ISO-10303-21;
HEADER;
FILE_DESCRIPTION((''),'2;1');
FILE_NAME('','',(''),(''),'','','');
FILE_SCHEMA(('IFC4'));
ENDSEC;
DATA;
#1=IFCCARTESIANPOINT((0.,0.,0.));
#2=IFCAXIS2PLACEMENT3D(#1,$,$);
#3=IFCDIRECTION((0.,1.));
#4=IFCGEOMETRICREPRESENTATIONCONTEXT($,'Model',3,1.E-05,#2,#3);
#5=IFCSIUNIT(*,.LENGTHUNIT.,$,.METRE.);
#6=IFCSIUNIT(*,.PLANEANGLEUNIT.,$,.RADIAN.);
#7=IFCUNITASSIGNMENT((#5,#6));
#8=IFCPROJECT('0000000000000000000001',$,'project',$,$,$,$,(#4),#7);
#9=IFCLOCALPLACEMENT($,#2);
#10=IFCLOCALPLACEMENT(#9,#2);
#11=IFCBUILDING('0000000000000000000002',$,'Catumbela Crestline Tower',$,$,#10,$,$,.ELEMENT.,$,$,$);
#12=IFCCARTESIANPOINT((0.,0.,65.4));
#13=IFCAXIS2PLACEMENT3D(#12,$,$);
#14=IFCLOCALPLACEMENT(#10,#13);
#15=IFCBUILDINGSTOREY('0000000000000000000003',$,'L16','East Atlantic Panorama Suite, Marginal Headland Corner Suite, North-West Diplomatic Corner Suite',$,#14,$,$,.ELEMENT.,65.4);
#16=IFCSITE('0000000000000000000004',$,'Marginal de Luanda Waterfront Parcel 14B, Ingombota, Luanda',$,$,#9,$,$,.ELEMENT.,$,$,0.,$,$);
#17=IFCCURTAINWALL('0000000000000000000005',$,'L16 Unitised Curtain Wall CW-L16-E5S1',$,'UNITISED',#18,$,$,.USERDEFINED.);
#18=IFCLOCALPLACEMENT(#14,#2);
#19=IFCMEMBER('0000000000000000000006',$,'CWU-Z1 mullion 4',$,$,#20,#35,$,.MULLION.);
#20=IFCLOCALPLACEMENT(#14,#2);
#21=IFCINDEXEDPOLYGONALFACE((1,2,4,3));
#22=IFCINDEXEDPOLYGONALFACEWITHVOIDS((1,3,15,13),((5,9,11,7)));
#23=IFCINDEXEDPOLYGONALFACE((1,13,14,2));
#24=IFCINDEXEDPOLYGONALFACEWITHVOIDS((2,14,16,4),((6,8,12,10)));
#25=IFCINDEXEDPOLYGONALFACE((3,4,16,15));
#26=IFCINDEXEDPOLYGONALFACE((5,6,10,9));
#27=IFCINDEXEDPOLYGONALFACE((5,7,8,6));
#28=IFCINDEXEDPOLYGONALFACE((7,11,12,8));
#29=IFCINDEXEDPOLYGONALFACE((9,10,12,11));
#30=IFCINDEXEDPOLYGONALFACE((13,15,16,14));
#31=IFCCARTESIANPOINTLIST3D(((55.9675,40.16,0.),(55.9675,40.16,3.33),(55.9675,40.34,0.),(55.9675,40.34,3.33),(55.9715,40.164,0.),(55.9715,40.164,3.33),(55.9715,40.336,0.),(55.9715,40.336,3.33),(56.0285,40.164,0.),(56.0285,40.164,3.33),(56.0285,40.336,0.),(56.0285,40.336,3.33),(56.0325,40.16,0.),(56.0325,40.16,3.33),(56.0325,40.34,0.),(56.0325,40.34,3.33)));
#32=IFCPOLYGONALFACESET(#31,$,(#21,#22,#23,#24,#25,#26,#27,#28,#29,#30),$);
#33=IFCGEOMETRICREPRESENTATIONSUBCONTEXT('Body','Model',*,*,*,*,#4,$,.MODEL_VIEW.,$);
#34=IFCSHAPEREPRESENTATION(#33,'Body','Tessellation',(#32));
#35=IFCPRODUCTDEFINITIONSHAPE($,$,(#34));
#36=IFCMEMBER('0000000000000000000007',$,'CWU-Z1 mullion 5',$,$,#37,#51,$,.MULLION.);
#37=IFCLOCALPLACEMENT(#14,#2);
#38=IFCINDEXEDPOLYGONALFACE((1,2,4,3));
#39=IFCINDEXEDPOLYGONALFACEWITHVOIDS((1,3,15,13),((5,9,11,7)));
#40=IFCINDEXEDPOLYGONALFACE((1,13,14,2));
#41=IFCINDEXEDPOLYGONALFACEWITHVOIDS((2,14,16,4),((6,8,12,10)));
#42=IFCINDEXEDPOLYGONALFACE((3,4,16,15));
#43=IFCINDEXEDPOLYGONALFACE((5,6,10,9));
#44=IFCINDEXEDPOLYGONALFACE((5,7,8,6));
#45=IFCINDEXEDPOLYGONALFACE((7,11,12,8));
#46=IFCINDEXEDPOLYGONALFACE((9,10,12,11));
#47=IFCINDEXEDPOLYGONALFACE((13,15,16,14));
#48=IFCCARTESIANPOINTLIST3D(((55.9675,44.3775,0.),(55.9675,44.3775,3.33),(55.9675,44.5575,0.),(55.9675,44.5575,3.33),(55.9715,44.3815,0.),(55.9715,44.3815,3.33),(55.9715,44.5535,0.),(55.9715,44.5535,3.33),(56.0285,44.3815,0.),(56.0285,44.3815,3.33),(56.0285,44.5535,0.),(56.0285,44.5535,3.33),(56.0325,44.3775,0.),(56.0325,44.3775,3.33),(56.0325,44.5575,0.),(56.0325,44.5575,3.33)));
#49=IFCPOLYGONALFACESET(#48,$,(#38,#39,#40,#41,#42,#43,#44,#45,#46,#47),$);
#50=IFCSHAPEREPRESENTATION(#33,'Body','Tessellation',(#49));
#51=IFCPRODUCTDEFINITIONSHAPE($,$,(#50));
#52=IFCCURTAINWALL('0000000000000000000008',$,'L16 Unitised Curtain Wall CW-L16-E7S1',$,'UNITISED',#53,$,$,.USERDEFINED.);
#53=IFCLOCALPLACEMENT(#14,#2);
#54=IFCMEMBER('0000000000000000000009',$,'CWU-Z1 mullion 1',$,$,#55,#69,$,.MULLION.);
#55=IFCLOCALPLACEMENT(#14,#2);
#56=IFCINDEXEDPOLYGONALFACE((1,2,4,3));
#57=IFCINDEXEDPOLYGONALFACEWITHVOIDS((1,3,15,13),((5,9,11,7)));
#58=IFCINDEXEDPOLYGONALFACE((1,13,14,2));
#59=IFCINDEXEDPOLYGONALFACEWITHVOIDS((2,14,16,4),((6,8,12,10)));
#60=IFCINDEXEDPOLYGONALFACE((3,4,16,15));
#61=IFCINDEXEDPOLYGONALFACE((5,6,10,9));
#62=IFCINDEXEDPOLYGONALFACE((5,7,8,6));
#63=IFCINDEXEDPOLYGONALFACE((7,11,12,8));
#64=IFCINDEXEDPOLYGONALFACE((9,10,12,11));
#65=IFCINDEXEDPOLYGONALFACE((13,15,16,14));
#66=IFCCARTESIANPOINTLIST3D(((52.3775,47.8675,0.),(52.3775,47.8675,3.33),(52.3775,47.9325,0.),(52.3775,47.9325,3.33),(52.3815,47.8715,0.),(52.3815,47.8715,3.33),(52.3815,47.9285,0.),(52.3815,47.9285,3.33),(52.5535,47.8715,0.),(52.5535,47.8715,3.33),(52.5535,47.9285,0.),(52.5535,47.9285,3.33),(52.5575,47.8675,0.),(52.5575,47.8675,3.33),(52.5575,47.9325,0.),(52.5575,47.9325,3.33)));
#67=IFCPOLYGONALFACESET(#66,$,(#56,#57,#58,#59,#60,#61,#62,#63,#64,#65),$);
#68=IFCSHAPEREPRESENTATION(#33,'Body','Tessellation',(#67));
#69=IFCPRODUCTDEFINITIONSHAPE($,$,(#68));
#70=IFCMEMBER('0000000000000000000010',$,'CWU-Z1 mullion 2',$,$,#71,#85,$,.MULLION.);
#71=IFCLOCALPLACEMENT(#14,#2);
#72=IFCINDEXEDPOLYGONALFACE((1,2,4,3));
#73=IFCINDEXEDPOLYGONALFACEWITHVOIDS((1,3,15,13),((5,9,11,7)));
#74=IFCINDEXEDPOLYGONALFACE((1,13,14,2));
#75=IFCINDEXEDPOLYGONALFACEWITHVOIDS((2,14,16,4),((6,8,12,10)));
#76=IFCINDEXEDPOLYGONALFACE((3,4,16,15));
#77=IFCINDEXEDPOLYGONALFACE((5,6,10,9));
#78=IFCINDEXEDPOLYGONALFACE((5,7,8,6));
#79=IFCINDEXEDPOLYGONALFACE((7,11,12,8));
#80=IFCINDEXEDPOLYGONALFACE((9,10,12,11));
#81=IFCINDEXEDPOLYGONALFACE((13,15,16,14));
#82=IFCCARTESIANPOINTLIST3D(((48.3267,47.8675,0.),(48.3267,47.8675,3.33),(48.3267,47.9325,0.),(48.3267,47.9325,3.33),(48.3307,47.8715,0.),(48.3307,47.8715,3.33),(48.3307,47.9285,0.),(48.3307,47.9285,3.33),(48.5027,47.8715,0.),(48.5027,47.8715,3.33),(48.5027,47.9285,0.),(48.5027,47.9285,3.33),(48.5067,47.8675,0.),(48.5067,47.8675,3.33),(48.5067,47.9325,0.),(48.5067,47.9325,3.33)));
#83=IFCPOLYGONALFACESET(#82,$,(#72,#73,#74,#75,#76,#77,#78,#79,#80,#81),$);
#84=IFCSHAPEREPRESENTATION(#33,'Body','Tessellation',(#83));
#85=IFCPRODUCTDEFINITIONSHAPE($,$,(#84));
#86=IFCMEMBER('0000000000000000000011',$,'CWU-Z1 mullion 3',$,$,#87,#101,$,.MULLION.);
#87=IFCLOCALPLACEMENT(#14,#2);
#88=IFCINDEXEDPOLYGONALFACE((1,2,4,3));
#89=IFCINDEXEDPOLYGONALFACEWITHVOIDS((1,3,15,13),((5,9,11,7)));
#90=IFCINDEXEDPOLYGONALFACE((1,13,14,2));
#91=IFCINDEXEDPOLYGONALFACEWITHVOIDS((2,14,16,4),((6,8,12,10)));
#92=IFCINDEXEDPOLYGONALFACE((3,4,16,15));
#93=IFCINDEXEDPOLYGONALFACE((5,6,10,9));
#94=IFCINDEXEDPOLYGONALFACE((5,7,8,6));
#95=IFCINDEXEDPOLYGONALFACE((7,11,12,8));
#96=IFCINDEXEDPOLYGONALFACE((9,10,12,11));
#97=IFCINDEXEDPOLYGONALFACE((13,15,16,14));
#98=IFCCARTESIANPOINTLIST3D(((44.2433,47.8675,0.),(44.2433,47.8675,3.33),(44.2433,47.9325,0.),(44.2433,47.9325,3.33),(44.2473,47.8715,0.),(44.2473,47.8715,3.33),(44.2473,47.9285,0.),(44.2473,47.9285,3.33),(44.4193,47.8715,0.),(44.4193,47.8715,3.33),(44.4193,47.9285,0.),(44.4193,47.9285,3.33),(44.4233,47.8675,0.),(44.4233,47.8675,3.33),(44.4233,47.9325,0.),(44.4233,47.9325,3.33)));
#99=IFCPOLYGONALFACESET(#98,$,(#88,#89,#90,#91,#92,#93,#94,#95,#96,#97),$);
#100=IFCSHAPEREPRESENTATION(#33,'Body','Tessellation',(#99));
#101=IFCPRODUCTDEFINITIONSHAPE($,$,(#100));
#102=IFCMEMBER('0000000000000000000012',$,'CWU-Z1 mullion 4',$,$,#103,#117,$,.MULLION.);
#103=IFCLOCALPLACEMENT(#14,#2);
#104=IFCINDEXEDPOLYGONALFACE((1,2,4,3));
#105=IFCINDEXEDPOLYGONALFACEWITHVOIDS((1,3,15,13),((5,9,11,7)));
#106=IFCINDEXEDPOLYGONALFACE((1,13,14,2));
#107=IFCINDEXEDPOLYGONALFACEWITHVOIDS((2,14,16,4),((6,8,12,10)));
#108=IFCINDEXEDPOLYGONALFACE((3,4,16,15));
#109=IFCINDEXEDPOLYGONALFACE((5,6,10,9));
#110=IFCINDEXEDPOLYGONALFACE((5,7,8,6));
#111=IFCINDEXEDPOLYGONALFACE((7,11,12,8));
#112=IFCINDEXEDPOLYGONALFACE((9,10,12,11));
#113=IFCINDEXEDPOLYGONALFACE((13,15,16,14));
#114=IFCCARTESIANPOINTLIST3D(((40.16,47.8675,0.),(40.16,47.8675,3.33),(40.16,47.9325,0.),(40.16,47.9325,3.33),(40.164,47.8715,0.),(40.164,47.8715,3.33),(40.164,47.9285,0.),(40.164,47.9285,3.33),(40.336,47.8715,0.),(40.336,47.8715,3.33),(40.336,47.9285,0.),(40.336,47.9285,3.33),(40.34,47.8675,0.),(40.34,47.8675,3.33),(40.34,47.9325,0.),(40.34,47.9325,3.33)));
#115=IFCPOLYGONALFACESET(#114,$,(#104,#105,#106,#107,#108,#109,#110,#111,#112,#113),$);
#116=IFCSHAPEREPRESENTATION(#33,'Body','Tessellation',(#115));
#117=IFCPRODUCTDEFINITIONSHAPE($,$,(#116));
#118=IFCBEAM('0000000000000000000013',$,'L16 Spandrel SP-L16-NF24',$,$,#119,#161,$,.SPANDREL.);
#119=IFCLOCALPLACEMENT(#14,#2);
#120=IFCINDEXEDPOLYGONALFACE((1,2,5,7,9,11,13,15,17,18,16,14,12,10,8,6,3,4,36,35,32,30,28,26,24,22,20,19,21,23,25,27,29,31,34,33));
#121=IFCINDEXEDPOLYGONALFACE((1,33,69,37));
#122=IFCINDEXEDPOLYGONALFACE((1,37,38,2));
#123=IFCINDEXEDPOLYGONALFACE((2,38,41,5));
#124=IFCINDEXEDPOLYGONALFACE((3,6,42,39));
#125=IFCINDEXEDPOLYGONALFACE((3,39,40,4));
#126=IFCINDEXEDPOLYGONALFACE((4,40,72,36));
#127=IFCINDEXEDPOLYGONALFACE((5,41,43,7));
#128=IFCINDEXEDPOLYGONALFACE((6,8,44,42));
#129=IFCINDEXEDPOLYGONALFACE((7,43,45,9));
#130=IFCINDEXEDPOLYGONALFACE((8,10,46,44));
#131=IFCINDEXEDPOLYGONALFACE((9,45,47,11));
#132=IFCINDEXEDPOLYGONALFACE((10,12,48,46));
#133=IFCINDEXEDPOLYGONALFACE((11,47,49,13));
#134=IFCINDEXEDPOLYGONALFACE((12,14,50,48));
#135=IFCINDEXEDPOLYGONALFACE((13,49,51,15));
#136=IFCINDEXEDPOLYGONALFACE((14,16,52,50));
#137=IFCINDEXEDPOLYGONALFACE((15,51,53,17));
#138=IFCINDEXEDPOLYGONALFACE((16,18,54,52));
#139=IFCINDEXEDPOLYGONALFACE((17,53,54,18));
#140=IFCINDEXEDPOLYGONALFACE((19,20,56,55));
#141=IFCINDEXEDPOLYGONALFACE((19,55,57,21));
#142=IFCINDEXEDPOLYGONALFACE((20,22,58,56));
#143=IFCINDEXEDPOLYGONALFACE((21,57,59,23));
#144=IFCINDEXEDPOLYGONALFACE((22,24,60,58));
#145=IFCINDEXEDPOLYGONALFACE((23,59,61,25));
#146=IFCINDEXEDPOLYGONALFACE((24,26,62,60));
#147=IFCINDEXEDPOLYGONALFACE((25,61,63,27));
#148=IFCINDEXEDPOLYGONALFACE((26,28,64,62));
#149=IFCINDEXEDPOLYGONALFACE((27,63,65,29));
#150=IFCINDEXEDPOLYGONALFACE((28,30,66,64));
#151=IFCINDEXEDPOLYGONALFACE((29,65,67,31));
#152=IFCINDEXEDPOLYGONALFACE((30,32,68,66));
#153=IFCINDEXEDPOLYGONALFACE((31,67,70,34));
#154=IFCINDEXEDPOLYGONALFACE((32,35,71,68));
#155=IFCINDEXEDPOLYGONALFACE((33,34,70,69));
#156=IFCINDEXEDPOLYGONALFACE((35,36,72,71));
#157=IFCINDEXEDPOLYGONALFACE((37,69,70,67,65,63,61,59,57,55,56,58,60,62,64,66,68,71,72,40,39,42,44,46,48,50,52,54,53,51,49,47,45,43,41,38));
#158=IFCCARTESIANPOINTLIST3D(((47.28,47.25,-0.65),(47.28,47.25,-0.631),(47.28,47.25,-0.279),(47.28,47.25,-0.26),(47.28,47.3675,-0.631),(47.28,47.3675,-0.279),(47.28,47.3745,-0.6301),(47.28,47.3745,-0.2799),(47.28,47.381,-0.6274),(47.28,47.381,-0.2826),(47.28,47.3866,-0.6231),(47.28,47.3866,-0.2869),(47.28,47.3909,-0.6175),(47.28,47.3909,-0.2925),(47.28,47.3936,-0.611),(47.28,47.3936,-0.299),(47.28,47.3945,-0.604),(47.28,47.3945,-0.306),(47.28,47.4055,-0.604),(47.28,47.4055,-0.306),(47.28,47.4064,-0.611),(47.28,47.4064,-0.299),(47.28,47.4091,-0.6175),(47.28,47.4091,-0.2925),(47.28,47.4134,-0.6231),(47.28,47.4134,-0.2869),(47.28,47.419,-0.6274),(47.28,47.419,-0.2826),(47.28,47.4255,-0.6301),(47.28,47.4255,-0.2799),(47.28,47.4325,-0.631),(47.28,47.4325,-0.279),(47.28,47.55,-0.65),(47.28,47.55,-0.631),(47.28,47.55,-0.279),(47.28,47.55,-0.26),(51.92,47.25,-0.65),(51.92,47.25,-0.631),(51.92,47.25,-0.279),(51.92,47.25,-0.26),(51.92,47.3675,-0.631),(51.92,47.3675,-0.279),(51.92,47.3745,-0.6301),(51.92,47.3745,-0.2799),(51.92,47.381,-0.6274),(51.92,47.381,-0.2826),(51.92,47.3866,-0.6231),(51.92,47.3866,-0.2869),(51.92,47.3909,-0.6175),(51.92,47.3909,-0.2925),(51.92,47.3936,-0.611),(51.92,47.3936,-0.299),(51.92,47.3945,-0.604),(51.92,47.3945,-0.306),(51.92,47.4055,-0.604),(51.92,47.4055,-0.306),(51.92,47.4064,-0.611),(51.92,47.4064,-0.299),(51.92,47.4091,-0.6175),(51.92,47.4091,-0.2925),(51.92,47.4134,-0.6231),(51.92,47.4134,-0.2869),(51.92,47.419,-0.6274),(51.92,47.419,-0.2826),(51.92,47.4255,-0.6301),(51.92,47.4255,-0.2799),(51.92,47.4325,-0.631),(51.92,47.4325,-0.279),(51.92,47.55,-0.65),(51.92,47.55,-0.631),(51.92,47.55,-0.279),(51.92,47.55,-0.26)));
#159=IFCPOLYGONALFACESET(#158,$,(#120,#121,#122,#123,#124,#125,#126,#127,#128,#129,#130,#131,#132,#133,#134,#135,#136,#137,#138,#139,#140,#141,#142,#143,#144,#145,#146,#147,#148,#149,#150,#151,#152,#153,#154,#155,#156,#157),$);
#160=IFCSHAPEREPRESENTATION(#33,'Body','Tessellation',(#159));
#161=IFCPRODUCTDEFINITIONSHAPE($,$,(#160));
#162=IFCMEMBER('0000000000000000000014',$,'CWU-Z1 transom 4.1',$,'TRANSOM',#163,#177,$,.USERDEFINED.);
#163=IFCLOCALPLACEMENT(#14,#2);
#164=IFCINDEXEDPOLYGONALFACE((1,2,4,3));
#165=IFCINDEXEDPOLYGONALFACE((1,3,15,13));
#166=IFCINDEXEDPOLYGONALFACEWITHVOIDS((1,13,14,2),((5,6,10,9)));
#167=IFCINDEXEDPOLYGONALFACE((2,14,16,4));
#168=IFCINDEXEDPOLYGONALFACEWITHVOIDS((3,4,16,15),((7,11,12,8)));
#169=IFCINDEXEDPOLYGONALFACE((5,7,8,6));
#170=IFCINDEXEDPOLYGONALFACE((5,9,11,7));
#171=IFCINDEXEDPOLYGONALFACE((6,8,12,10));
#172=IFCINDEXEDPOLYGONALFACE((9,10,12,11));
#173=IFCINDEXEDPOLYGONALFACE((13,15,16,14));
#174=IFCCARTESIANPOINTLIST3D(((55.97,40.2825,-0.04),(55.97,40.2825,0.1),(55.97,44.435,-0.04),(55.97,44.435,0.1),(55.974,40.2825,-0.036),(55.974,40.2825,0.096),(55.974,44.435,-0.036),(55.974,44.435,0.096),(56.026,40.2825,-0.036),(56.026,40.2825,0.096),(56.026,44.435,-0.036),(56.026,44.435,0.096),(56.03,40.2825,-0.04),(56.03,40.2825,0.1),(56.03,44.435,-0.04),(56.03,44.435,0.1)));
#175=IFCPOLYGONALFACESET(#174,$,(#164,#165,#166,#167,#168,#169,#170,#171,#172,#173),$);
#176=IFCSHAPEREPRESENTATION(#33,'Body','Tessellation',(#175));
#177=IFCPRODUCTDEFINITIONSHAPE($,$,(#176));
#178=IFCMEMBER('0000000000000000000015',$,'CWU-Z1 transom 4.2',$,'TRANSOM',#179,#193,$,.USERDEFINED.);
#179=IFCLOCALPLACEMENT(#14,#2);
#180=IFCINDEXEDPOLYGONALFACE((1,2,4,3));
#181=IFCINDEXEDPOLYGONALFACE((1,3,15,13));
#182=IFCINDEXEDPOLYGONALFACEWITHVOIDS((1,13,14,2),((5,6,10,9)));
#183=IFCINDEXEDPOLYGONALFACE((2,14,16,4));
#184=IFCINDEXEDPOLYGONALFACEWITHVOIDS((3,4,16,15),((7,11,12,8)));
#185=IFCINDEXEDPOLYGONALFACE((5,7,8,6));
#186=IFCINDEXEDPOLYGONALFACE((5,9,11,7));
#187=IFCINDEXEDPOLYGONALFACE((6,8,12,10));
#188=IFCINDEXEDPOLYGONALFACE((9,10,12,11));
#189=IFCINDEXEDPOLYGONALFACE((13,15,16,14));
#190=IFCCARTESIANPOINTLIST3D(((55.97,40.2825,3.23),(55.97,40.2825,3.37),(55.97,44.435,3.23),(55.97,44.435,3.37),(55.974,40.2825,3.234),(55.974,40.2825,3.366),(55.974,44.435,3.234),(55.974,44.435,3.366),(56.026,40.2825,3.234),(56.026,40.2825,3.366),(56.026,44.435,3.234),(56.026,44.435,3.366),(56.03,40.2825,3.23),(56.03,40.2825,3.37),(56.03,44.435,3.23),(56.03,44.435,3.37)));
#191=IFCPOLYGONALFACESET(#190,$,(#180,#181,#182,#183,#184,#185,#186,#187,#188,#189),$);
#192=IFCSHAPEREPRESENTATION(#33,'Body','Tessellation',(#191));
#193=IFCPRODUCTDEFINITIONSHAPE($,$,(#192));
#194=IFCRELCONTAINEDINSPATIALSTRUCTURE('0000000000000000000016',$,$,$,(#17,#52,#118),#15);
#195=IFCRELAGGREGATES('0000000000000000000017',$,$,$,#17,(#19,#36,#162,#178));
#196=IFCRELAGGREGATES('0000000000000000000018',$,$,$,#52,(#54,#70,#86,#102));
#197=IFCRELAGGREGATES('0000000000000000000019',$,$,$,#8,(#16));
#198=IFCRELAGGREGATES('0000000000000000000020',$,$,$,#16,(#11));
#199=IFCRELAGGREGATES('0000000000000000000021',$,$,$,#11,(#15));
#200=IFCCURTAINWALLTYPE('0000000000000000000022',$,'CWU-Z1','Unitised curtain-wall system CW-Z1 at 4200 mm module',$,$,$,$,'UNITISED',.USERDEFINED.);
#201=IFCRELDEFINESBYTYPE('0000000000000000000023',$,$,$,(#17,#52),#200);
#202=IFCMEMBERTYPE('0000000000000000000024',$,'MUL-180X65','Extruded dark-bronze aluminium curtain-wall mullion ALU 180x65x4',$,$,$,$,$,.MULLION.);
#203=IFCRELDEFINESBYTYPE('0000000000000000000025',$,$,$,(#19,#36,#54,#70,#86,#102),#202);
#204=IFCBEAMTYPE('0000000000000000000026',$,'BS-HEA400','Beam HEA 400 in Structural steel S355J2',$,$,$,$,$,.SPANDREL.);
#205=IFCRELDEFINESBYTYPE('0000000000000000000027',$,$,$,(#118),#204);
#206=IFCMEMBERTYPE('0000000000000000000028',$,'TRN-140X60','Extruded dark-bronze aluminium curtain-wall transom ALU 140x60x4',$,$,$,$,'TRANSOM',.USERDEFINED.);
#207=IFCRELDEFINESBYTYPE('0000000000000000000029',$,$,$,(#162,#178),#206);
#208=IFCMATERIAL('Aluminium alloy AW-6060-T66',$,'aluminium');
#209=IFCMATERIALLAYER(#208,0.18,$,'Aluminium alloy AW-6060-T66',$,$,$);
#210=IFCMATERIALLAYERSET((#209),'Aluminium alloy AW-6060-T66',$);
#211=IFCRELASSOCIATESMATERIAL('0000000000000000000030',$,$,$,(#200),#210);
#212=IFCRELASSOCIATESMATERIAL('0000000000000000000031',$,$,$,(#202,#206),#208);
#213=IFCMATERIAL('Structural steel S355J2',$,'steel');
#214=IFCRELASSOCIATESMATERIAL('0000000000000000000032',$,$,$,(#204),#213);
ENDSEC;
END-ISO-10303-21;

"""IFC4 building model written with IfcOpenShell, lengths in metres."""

from ifc_helpers import new_model, si_unit, direction, frame, origin, origin_2d, place, context, subcontext, project, spatial, hollow_rectangle, i_section, extrude, material, layer, layer_set, material_profile, profile_set, type_object, element, aggregate, save


model = new_model("IFC4")

# Units and contexts
model_context = context("Model", 3, precision=1e-05, world=origin(), true_north=direction((0.0, 1.0)))
body_context = subcontext(model_context, "Body", "Model", "MODEL_VIEW")
ifc_project = project(units=[si_unit("LENGTHUNIT", "METRE"), si_unit("PLANEANGLEUNIT", "RADIAN")], contexts=[model_context])

# Site, building, storey
site_placement = place(None, origin())
site = spatial("IfcSite", under=ifc_project, at=site_placement, Name="Marginal de Luanda Waterfront Parcel 14B, Ingombota, Luanda", CompositionType="ELEMENT", RefElevation=0.0)
building_placement = place(site_placement, origin())
building = spatial("IfcBuilding", under=site, at=building_placement, Name="Catumbela Crestline Tower", CompositionType="ELEMENT")
storey_placement = place(building_placement, frame((0.0, 0.0, 65.4)))
storey = spatial("IfcBuildingStorey", under=building, at=storey_placement, Name="L16", Description="East Atlantic Panorama Suite, Marginal Headland Corner Suite, North-West Diplomatic Corner Suite", CompositionType="ELEMENT", Elevation=65.4)

# Curtain walls, members
ifc_material_1 = material(Name="Aluminium alloy AW-6060-T66", Category="aluminium")
ifc_layer_1 = layer(ifc_material_1, 0.18, Name="Aluminium alloy AW-6060-T66")
ifc_layer_set_1 = layer_set([ifc_layer_1], Name="Aluminium alloy AW-6060-T66")
curtain_wall_type = type_object("IfcCurtainWallType", Name="CWU-Z1", Description="Unitised curtain-wall system CW-Z1 at 4200 mm module", ElementType="UNITISED", PredefinedType="USERDEFINED", material=ifc_layer_set_1)
curtain_wall_1_placement = place(storey_placement, origin())
curtain_wall_1 = element("IfcCurtainWall", 1, at=curtain_wall_1_placement, inside=storey, type_object=curtain_wall_type, Name="L16 Unitised Curtain Wall CW-L16-E5S1", ObjectType="UNITISED", PredefinedType="USERDEFINED")
ifc_material_profile_1 = material_profile(ifc_material_1, hollow_rectangle(XDim=0.065, YDim=0.18, WallThickness=0.004, at=origin_2d()), Name="ALU 180x65x4")
ifc_profile_set_1 = profile_set([ifc_material_profile_1], Name="Aluminium alloy AW-6060-T66")
member_type_1 = type_object("IfcMemberType", Name="MUL-180X65", Description="Extruded dark-bronze aluminium curtain-wall mullion ALU 180x65x4", PredefinedType="MULLION", material=ifc_profile_set_1)
member_1_placement = place(storey_placement, frame((56.0, 40.25, 0.0), z_axis=(0.0, 0.0, 1.0), x_axis=(-1.0, 0.0, 0.0)))
member_1 = element("IfcMember", 2, at=member_1_placement, type_object=member_type_1, Name="CWU-Z1 mullion 4", PredefinedType="MULLION", context=body_context, shape_type="SweptSolid", body=[
    extrude(hollow_rectangle(XDim=0.065, YDim=0.18, WallThickness=0.004, at=origin_2d()), origin(), (0.0, 0.0, 1.0), 3.33),
])
member_2_placement = place(storey_placement, frame((56.0, 44.4675, 0.0), z_axis=(0.0, 0.0, 1.0), x_axis=(-1.0, 0.0, 0.0)))
member_2 = element("IfcMember", 3, at=member_2_placement, type_object=member_type_1, Name="CWU-Z1 mullion 5", PredefinedType="MULLION", context=body_context, shape_type="SweptSolid", body=[
    extrude(hollow_rectangle(XDim=0.065, YDim=0.18, WallThickness=0.004, at=origin_2d()), origin(), (0.0, 0.0, 1.0), 3.33),
])
curtain_wall_2_placement = place(storey_placement, origin())
curtain_wall_2 = element("IfcCurtainWall", 4, at=curtain_wall_2_placement, inside=storey, type_object=curtain_wall_type, Name="L16 Unitised Curtain Wall CW-L16-E7S1", ObjectType="UNITISED", PredefinedType="USERDEFINED")
member_3_placement = place(storey_placement, frame((52.4675, 47.9, 0.0), z_axis=(0.0, 0.0, 1.0), x_axis=(0.0, -1.0, 0.0)))
member_3 = element("IfcMember", 5, at=member_3_placement, type_object=member_type_1, Name="CWU-Z1 mullion 1", PredefinedType="MULLION", context=body_context, shape_type="SweptSolid", body=[
    extrude(hollow_rectangle(XDim=0.065, YDim=0.18, WallThickness=0.004, at=origin_2d()), origin(), (0.0, 0.0, 1.0), 3.33),
])
member_4_placement = place(storey_placement, frame((48.4167, 47.9, 0.0), z_axis=(0.0, 0.0, 1.0), x_axis=(0.0, -1.0, 0.0)))
member_4 = element("IfcMember", 6, at=member_4_placement, type_object=member_type_1, Name="CWU-Z1 mullion 2", PredefinedType="MULLION", context=body_context, shape_type="SweptSolid", body=[
    extrude(hollow_rectangle(XDim=0.065, YDim=0.18, WallThickness=0.004, at=origin_2d()), origin(), (0.0, 0.0, 1.0), 3.33),
])
member_5_placement = place(storey_placement, frame((44.3333, 47.9, 0.0), z_axis=(0.0, 0.0, 1.0), x_axis=(0.0, -1.0, 0.0)))
member_5 = element("IfcMember", 7, at=member_5_placement, type_object=member_type_1, Name="CWU-Z1 mullion 3", PredefinedType="MULLION", context=body_context, shape_type="SweptSolid", body=[
    extrude(hollow_rectangle(XDim=0.065, YDim=0.18, WallThickness=0.004, at=origin_2d()), origin(), (0.0, 0.0, 1.0), 3.33),
])
member_6_placement = place(storey_placement, frame((40.25, 47.9, 0.0), z_axis=(0.0, 0.0, 1.0), x_axis=(0.0, -1.0, 0.0)))
member_6 = element("IfcMember", 8, at=member_6_placement, type_object=member_type_1, Name="CWU-Z1 mullion 4", PredefinedType="MULLION", context=body_context, shape_type="SweptSolid", body=[
    extrude(hollow_rectangle(XDim=0.065, YDim=0.18, WallThickness=0.004, at=origin_2d()), origin(), (0.0, 0.0, 1.0), 3.33),
])

# Beam
ifc_material_2 = material(Name="Structural steel S355J2", Category="steel")
ifc_material_profile_2 = material_profile(ifc_material_2, i_section(OverallWidth=0.3, OverallDepth=0.39, WebThickness=0.011, FlangeThickness=0.019, FilletRadius=0.027, at=origin_2d()), Name="HEA 400")
ifc_profile_set_2 = profile_set([ifc_material_profile_2], Name="Structural steel S355J2")
beam_type = type_object("IfcBeamType", Name="BS-HEA400", Description="Beam HEA 400 in Structural steel S355J2", PredefinedType="SPANDREL", material=ifc_profile_set_2)
beam_placement = place(storey_placement, frame((47.28, 47.4, -0.455), z_axis=(1.0, 0.0, 0.0), x_axis=(0.0, 1.0, 0.0)))
element("IfcBeam", 9, at=beam_placement, inside=storey, type_object=beam_type, Name="L16 Spandrel SP-L16-NF24", PredefinedType="SPANDREL", context=body_context, shape_type="SweptSolid", body=[
    extrude(i_section(OverallWidth=0.3, OverallDepth=0.39, WebThickness=0.011, FlangeThickness=0.019, FilletRadius=0.027, at=origin_2d()), origin(), (0.0, 0.0, 1.0), 4.64),
])

# Members
ifc_material_profile_3 = material_profile(ifc_material_1, hollow_rectangle(XDim=0.06, YDim=0.14, WallThickness=0.004, at=origin_2d()), Name="ALU 140x60x4")
ifc_profile_set_3 = profile_set([ifc_material_profile_3], Name="Aluminium alloy AW-6060-T66")
member_type_2 = type_object("IfcMemberType", Name="TRN-140X60", Description="Extruded dark-bronze aluminium curtain-wall transom ALU 140x60x4", ElementType="TRANSOM", PredefinedType="USERDEFINED", material=ifc_profile_set_3)
member_7_placement = place(storey_placement, frame((56.0, 40.2825, 0.03), z_axis=(0.0, 1.0, 0.0), x_axis=(-1.0, 0.0, 0.0)))
member_7 = element("IfcMember", 10, at=member_7_placement, type_object=member_type_2, Name="CWU-Z1 transom 4.1", ObjectType="TRANSOM", PredefinedType="USERDEFINED", context=body_context, shape_type="SweptSolid", body=[
    extrude(hollow_rectangle(XDim=0.06, YDim=0.14, WallThickness=0.004, at=origin_2d()), origin(), (0.0, 0.0, 1.0), 4.1525),
])
member_8_placement = place(storey_placement, frame((56.0, 40.2825, 3.3), z_axis=(0.0, 1.0, 0.0), x_axis=(-1.0, 0.0, 0.0)))
member_8 = element("IfcMember", 11, at=member_8_placement, type_object=member_type_2, Name="CWU-Z1 transom 4.2", ObjectType="TRANSOM", PredefinedType="USERDEFINED", context=body_context, shape_type="SweptSolid", body=[
    extrude(hollow_rectangle(XDim=0.06, YDim=0.14, WallThickness=0.004, at=origin_2d()), origin(), (0.0, 0.0, 1.0), 4.1525),
])

aggregate(curtain_wall_1, [member_1, member_2, member_7, member_8])
aggregate(curtain_wall_2, [member_3, member_4, member_5, member_6])

save(model, "model.ifc")
